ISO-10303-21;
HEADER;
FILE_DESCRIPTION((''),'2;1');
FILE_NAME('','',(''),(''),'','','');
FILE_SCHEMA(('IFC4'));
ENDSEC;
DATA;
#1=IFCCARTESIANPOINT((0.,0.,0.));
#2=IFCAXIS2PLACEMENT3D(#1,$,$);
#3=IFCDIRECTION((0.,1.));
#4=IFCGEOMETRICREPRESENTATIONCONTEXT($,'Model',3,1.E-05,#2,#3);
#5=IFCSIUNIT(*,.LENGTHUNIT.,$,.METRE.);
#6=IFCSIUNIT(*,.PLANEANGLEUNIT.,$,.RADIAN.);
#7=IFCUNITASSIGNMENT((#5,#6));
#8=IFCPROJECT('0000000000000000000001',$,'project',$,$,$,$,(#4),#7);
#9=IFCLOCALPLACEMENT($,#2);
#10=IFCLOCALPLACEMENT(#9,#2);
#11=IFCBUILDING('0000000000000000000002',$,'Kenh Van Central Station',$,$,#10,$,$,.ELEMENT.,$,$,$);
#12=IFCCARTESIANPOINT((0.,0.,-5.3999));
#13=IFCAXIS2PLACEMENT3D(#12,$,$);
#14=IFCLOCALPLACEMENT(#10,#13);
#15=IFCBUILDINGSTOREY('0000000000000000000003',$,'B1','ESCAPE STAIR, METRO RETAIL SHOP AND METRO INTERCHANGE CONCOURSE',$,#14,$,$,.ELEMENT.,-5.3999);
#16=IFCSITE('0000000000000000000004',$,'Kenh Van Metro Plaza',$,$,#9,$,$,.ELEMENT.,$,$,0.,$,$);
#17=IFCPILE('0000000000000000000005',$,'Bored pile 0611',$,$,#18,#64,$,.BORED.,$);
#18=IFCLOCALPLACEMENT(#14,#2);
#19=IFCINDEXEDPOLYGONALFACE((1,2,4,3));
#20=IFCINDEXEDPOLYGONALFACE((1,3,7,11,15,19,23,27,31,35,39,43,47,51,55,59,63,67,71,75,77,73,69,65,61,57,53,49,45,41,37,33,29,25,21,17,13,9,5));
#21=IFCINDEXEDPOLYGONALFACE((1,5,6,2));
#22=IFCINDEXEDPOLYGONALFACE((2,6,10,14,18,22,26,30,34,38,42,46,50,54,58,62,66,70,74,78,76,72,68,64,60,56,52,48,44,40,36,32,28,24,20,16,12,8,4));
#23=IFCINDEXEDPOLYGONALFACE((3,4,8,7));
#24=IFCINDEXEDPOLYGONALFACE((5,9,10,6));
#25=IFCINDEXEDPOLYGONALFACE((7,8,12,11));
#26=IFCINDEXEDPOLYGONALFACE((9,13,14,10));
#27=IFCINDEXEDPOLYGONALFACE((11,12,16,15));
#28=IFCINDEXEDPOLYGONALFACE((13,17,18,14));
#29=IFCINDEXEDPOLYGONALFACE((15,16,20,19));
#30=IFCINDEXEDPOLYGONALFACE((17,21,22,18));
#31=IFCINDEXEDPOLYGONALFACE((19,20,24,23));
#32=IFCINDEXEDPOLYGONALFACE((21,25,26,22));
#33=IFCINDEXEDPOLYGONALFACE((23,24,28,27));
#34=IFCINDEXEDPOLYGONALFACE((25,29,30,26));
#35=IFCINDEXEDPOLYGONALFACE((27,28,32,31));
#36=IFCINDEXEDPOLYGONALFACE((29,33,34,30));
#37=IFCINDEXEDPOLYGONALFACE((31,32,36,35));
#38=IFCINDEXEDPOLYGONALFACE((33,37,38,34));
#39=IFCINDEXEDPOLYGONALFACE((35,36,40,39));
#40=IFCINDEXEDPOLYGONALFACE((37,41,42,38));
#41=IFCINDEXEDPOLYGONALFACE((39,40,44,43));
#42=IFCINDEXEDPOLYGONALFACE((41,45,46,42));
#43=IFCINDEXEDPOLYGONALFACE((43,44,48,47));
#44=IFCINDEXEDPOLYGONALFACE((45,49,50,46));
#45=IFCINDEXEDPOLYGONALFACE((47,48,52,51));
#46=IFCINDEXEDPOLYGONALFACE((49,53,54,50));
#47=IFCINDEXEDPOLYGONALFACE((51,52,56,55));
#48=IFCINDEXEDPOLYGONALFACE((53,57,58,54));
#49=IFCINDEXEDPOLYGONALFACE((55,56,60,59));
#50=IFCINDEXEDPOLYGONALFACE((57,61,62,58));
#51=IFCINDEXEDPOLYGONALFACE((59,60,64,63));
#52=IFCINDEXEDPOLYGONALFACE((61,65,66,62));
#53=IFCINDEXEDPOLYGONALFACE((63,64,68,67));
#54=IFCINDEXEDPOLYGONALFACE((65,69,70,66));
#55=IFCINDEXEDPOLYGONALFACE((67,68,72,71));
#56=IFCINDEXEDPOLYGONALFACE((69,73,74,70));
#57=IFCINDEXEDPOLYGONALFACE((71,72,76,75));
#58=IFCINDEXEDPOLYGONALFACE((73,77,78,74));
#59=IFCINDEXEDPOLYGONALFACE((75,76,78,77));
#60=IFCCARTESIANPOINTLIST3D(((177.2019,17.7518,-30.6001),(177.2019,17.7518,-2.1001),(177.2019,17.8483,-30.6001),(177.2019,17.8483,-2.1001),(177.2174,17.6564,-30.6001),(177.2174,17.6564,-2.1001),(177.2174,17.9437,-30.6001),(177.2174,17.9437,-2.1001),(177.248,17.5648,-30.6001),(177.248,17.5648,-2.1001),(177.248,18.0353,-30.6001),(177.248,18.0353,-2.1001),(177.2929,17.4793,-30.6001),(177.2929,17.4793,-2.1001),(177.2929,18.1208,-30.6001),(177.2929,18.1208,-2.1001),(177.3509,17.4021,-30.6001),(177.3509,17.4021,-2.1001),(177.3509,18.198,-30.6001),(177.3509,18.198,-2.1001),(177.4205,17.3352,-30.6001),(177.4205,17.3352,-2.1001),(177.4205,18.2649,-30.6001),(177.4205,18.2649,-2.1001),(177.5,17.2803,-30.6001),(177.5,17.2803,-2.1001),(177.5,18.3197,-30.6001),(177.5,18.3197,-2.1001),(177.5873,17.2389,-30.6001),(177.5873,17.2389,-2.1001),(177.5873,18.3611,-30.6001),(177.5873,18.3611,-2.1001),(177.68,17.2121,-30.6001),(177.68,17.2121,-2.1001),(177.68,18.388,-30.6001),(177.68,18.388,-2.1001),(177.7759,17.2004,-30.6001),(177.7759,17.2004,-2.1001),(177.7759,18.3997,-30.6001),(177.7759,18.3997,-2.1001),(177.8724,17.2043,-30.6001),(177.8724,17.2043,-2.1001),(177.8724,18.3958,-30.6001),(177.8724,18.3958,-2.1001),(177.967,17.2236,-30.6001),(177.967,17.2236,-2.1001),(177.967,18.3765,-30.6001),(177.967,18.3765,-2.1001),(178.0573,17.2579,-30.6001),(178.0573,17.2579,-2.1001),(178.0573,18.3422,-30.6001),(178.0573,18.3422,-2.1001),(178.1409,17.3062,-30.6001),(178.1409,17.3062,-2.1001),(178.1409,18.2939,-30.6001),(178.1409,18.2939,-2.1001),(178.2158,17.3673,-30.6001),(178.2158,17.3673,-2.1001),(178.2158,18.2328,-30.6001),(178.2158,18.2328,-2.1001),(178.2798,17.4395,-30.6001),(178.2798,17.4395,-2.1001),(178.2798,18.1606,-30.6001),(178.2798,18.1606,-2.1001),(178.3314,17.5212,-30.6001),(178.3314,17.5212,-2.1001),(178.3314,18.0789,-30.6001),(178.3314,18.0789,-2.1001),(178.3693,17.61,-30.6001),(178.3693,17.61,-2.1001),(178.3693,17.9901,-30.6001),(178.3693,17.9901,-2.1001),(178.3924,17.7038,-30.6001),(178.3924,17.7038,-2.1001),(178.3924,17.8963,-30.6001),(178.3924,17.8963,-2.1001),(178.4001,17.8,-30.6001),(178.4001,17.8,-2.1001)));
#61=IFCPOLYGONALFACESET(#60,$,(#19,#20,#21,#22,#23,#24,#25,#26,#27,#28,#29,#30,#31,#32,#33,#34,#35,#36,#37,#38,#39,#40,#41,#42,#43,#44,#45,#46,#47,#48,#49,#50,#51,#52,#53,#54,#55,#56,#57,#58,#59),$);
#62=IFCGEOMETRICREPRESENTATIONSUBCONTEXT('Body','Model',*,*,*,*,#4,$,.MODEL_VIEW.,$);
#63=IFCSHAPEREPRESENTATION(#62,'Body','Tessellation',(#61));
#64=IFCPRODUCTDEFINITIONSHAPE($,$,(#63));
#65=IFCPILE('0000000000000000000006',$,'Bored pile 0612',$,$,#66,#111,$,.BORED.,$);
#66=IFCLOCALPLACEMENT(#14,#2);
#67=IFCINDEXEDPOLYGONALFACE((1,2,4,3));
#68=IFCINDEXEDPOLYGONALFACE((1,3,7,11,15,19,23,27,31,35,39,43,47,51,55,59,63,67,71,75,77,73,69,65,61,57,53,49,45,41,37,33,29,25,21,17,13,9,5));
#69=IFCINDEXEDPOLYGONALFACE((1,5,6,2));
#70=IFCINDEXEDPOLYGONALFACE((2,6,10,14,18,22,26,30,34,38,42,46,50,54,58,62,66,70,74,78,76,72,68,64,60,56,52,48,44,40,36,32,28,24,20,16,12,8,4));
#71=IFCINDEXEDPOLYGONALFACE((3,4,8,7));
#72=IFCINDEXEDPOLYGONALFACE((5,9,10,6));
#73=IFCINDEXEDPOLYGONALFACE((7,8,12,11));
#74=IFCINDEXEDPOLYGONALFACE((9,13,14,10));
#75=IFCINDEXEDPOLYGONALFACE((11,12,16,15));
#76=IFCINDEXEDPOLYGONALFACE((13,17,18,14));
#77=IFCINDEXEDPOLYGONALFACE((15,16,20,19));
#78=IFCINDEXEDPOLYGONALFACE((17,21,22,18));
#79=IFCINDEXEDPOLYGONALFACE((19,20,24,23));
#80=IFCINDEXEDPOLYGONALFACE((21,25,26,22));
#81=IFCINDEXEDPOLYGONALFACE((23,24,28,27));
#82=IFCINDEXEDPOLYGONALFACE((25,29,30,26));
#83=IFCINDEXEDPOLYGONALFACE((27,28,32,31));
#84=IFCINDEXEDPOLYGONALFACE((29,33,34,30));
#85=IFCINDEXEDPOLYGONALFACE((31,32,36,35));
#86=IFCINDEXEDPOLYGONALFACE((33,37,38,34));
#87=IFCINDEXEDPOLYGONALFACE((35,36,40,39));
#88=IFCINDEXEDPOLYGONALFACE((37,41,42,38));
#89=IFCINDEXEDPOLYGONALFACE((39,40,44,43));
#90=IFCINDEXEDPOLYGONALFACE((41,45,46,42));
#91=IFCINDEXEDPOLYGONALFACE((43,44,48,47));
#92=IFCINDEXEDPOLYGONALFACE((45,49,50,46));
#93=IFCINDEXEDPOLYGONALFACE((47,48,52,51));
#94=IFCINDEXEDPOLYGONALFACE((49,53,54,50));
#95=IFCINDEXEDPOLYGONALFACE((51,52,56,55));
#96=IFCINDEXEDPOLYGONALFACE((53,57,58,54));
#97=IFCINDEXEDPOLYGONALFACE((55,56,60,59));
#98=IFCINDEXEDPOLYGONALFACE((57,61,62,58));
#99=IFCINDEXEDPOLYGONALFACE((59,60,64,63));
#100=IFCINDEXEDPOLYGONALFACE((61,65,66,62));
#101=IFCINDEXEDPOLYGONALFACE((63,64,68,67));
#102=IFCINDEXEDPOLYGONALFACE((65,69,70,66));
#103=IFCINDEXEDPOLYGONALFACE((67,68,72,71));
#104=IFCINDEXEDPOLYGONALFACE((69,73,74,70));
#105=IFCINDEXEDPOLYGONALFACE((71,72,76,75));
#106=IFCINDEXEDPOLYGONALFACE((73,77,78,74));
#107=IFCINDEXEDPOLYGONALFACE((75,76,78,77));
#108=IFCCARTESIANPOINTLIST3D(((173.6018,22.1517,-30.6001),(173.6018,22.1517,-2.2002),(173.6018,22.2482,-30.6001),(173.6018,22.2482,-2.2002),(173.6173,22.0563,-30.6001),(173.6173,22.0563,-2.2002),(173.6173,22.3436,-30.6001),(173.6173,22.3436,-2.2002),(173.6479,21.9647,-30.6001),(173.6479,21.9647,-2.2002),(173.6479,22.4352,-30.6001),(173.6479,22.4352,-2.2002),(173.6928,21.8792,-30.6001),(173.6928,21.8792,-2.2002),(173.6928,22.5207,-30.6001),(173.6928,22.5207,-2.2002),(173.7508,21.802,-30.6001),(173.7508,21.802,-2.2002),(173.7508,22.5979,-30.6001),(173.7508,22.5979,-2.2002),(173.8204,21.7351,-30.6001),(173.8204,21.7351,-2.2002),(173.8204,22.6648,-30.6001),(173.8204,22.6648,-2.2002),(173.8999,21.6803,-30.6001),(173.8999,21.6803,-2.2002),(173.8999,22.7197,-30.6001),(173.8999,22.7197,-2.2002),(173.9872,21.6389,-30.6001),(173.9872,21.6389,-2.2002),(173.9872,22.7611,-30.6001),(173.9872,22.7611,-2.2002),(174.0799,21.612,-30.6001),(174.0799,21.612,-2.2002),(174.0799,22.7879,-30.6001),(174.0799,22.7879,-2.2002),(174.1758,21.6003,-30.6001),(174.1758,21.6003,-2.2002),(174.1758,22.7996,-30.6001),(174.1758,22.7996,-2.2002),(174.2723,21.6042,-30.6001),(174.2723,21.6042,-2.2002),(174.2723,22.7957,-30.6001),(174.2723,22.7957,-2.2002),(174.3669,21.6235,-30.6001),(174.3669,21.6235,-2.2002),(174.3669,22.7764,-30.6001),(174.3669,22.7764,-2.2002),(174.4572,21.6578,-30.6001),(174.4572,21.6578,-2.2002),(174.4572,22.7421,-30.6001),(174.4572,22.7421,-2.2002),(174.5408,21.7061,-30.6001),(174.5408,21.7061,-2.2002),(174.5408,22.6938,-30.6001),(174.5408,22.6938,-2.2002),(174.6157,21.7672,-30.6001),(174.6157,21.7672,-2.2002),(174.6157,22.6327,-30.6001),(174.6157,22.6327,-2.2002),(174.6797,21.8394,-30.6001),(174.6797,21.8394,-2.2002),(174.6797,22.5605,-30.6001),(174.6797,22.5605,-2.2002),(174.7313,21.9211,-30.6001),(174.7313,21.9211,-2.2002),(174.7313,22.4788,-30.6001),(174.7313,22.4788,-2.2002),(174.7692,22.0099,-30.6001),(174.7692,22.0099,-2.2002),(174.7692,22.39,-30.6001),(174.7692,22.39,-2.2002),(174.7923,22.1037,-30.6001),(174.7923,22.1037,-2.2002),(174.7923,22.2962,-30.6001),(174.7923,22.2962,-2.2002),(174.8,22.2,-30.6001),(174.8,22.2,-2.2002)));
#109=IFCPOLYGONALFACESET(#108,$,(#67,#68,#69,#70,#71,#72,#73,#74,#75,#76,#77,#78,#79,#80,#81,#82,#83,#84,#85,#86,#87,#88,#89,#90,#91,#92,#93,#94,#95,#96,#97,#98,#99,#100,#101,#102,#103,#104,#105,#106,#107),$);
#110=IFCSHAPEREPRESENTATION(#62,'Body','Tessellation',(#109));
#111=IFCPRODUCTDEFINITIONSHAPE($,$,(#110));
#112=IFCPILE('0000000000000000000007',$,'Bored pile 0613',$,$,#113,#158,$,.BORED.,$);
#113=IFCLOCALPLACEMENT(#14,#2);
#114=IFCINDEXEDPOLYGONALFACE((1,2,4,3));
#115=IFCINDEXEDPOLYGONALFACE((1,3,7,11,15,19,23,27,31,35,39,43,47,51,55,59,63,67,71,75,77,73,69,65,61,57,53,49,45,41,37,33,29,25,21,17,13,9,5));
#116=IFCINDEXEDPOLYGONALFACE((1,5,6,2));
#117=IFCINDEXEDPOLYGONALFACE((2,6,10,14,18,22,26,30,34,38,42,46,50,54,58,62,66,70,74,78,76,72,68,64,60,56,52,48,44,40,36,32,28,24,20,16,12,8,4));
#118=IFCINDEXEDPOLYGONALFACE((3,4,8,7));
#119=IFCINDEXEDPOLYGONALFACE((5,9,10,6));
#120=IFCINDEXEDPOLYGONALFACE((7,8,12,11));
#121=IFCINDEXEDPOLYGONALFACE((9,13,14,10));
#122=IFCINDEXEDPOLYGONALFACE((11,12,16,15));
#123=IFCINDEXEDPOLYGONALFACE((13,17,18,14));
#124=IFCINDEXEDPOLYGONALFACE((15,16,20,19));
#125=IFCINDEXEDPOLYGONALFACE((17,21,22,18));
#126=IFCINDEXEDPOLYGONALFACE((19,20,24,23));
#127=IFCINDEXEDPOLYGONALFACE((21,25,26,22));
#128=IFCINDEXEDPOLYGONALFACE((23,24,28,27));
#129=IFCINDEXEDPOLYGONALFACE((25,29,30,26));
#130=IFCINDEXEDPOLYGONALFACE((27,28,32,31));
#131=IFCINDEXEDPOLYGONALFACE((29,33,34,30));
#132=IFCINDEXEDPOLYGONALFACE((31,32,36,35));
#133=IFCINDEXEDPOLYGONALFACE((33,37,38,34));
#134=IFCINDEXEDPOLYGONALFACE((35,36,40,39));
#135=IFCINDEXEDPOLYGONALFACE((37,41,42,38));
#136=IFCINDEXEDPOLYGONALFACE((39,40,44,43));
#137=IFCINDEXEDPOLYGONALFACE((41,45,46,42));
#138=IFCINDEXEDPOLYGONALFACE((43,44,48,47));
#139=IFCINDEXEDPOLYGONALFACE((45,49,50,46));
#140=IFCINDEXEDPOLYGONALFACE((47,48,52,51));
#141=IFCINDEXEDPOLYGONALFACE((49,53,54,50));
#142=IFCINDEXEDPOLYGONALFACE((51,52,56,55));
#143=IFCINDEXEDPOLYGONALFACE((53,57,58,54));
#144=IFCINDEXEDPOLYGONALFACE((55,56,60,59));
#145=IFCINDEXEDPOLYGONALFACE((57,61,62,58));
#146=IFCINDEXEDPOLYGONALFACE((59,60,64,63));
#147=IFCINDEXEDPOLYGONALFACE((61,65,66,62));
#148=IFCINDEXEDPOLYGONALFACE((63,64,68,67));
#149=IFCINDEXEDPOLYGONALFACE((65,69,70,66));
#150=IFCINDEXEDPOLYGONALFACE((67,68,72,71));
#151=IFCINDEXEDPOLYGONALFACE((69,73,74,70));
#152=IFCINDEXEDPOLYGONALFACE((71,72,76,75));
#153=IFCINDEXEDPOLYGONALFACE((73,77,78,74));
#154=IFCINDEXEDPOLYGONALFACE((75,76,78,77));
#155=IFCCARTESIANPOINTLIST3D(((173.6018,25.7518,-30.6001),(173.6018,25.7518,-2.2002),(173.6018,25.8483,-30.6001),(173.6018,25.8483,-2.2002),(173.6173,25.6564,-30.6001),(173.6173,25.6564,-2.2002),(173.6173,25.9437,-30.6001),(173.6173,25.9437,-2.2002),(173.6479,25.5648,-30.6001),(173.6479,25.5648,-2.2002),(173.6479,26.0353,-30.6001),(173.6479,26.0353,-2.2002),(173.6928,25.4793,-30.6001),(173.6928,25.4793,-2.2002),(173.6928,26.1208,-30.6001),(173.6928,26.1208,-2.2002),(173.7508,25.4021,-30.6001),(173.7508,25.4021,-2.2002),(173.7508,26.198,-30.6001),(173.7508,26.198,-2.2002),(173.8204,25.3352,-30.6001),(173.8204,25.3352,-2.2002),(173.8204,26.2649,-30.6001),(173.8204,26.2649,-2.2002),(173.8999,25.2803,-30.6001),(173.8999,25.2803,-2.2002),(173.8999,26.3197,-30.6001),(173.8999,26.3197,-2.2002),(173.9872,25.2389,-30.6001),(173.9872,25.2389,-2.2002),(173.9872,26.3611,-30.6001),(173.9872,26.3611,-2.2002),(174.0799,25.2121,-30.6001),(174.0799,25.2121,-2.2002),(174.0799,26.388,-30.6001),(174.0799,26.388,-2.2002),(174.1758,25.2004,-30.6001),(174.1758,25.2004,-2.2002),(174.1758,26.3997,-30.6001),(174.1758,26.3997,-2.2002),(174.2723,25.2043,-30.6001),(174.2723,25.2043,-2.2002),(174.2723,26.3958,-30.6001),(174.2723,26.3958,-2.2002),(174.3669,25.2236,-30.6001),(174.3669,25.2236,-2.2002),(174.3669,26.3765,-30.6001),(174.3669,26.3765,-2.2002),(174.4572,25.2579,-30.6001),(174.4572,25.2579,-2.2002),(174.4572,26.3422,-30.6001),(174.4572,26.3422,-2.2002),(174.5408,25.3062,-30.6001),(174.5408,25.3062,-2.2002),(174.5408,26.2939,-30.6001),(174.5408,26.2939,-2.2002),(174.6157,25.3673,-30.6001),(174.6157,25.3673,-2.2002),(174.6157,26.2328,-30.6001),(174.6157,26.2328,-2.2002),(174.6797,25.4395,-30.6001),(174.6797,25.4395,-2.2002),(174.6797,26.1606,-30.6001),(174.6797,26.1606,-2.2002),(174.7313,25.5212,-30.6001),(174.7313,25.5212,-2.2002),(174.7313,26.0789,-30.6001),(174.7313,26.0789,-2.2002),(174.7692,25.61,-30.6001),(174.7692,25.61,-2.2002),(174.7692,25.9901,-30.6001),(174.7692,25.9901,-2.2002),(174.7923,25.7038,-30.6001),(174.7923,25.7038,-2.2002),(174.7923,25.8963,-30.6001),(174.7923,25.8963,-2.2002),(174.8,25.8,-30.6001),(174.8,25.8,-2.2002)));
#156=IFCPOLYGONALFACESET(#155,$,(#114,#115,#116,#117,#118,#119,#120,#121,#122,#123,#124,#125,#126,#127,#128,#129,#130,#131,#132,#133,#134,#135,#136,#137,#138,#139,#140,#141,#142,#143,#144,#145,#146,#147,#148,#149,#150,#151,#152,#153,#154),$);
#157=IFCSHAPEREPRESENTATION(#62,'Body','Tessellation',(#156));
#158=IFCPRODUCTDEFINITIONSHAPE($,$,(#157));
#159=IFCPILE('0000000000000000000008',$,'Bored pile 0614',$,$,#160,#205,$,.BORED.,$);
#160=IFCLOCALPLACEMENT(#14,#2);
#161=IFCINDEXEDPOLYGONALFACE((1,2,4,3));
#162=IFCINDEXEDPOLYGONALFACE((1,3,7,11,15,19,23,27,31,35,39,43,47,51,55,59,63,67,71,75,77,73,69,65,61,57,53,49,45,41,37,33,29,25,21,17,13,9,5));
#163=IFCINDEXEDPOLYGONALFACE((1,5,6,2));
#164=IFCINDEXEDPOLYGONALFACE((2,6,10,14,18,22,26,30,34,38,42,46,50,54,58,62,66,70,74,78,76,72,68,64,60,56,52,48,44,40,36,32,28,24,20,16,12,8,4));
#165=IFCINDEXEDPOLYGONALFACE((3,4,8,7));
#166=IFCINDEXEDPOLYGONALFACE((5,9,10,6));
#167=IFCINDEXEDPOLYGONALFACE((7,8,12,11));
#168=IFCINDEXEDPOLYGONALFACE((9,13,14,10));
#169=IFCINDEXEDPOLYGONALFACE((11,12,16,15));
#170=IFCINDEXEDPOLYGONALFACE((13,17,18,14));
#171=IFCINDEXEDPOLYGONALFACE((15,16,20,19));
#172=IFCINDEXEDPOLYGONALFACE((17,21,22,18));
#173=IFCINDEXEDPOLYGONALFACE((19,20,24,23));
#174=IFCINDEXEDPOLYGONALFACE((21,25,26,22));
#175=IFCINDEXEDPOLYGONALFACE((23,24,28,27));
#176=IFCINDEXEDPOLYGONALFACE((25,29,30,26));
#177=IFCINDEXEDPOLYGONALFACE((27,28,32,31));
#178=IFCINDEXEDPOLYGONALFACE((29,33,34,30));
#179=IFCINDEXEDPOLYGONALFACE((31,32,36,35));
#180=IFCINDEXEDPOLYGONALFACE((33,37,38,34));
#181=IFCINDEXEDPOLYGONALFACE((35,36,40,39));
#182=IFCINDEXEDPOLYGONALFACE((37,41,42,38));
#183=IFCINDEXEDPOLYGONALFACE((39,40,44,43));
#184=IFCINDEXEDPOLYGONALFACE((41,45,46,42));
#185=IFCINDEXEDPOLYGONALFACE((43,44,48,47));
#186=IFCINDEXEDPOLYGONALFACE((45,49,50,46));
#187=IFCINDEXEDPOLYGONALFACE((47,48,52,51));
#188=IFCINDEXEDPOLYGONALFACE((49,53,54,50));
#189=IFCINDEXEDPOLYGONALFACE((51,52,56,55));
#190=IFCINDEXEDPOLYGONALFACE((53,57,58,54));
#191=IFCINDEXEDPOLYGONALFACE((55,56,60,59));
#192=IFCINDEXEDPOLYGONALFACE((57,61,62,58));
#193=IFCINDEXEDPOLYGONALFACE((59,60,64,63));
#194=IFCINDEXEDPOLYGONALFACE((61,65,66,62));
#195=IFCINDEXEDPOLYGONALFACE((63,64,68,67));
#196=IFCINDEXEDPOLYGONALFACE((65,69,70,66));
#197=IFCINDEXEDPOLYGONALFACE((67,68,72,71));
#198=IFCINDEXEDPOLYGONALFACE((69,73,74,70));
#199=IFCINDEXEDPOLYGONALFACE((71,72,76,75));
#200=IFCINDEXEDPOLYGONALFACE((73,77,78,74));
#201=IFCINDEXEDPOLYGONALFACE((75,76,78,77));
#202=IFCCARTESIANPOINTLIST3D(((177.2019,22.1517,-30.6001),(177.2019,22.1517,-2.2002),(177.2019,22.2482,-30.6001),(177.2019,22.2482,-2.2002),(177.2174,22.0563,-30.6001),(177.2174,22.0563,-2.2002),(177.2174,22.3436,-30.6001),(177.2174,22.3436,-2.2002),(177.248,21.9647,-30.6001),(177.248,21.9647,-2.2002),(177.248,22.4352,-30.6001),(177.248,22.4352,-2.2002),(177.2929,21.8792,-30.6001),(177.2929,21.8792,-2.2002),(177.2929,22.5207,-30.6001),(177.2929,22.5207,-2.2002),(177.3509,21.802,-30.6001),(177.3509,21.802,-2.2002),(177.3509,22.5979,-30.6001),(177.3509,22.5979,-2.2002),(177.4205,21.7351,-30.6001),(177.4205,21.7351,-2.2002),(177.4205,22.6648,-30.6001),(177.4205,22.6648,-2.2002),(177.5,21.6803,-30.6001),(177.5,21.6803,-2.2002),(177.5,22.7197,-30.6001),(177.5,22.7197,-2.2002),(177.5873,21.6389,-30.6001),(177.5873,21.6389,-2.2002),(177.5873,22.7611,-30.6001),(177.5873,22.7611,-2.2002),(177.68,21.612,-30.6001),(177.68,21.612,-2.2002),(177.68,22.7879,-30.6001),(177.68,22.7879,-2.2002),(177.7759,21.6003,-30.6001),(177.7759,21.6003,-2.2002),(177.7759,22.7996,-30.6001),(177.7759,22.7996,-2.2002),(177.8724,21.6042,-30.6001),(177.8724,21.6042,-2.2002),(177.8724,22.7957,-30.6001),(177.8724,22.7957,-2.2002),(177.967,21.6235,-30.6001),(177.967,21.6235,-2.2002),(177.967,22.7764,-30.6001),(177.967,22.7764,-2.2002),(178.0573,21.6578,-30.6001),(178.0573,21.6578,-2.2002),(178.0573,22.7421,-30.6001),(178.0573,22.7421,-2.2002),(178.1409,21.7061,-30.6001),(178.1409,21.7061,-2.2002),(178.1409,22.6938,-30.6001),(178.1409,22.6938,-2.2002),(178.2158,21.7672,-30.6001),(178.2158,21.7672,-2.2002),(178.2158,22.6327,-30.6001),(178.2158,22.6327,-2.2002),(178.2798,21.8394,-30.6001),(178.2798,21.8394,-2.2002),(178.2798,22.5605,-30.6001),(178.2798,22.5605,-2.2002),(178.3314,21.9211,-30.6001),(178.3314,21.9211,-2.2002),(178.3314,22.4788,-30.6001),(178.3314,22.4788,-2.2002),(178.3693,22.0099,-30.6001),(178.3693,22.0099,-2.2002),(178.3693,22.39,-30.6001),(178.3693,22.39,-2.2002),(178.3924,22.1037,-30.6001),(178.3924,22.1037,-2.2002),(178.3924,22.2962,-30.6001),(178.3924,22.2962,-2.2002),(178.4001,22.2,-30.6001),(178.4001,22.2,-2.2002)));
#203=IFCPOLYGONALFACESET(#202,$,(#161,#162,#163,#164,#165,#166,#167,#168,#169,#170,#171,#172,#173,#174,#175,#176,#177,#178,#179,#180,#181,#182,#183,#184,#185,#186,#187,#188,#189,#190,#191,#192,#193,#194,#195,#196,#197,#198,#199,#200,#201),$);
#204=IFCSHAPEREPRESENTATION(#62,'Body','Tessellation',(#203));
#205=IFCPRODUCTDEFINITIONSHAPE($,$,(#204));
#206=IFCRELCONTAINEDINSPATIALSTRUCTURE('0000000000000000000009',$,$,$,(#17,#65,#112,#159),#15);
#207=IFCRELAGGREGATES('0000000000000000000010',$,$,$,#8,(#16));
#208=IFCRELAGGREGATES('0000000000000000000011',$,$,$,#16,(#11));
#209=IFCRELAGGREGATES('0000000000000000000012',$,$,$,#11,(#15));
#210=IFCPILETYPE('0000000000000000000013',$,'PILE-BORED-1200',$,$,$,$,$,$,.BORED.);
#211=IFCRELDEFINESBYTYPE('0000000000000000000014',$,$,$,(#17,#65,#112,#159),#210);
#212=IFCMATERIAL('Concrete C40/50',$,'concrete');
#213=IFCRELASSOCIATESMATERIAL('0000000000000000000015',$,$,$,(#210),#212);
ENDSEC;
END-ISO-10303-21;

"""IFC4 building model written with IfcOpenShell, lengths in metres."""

from ifc_helpers import new_model, si_unit, direction, frame, origin, origin_2d, place, context, subcontext, project, spatial, circle, extrude, material, material_profile, profile_set, type_object, element, save


model = new_model("IFC4")

# Units and contexts
model_context = context("Model", 3, precision=1e-05, world=origin(), true_north=direction((0.0, 1.0)))
body_context = subcontext(model_context, "Body", "Model", "MODEL_VIEW")
ifc_project = project(units=[si_unit("LENGTHUNIT", "METRE"), si_unit("PLANEANGLEUNIT", "RADIAN")], contexts=[model_context])

# Site, building, storey
site_placement = place(None, origin())
site = spatial("IfcSite", under=ifc_project, at=site_placement, Name="Kenh Van Metro Plaza", CompositionType="ELEMENT", RefElevation=0.0)
building_placement = place(site_placement, origin())
building = spatial("IfcBuilding", under=site, at=building_placement, Name="Kenh Van Central Station", CompositionType="ELEMENT")
storey_placement = place(building_placement, frame((0.0, 0.0, -5.3999)))
storey = spatial("IfcBuildingStorey", under=building, at=storey_placement, Name="B1", Description="ESCAPE STAIR, METRO RETAIL SHOP AND METRO INTERCHANGE CONCOURSE", CompositionType="ELEMENT", Elevation=-5.3999)

# Shared definitions
ifc_material_1 = material(Name="Concrete C40/50", Category="concrete")

# Piles
ifc_material_profile_1 = material_profile(ifc_material_1, circle(Radius=0.6001, at=origin_2d()), Name="PILE D1200")
ifc_profile_set_1 = profile_set([ifc_material_profile_1], Name="Concrete C40/50")
pile_type_1 = type_object("IfcPileType", Name="PILE-BORED-1200", PredefinedType="BORED", material=ifc_profile_set_1)
for number, where, z_axis, x_axis, name in (
    (1, (177.8, 17.8, -2.1001), (0.0, 0.0, -1.0), (1.0, 0.0, 0.0), "Bored pile 0611"),
):
    element("IfcPile", number, at=place(storey_placement, frame(where, z_axis=z_axis, x_axis=x_axis)), inside=storey, type_object=pile_type_1, Name=name, PredefinedType="BORED", context=body_context, shape_type="SweptSolid", body=[
        extrude(circle(Radius=0.6001, at=origin_2d()), origin(), (0.0, 0.0, 1.0), 28.5),
    ])
for number, where, z_axis, x_axis, name in (
    (2, (174.2, 22.2, -2.2002), (0.0, 0.0, -1.0), (1.0, 0.0, 0.0), "Bored pile 0612"),
    (3, (174.2, 25.8, -2.2002), (0.0, 0.0, -1.0), (1.0, 0.0, 0.0), "Bored pile 0613"),
    (4, (177.8, 22.2, -2.2002), (0.0, 0.0, -1.0), (1.0, 0.0, 0.0), "Bored pile 0614"),
):
    element("IfcPile", number, at=place(storey_placement, frame(where, z_axis=z_axis, x_axis=x_axis)), inside=storey, type_object=pile_type_1, Name=name, PredefinedType="BORED", context=body_context, shape_type="SweptSolid", body=[
        extrude(circle(Radius=0.6001, at=origin_2d()), origin(), (0.0, 0.0, 1.0), 28.3999),
    ])

save(model, "model.ifc")
